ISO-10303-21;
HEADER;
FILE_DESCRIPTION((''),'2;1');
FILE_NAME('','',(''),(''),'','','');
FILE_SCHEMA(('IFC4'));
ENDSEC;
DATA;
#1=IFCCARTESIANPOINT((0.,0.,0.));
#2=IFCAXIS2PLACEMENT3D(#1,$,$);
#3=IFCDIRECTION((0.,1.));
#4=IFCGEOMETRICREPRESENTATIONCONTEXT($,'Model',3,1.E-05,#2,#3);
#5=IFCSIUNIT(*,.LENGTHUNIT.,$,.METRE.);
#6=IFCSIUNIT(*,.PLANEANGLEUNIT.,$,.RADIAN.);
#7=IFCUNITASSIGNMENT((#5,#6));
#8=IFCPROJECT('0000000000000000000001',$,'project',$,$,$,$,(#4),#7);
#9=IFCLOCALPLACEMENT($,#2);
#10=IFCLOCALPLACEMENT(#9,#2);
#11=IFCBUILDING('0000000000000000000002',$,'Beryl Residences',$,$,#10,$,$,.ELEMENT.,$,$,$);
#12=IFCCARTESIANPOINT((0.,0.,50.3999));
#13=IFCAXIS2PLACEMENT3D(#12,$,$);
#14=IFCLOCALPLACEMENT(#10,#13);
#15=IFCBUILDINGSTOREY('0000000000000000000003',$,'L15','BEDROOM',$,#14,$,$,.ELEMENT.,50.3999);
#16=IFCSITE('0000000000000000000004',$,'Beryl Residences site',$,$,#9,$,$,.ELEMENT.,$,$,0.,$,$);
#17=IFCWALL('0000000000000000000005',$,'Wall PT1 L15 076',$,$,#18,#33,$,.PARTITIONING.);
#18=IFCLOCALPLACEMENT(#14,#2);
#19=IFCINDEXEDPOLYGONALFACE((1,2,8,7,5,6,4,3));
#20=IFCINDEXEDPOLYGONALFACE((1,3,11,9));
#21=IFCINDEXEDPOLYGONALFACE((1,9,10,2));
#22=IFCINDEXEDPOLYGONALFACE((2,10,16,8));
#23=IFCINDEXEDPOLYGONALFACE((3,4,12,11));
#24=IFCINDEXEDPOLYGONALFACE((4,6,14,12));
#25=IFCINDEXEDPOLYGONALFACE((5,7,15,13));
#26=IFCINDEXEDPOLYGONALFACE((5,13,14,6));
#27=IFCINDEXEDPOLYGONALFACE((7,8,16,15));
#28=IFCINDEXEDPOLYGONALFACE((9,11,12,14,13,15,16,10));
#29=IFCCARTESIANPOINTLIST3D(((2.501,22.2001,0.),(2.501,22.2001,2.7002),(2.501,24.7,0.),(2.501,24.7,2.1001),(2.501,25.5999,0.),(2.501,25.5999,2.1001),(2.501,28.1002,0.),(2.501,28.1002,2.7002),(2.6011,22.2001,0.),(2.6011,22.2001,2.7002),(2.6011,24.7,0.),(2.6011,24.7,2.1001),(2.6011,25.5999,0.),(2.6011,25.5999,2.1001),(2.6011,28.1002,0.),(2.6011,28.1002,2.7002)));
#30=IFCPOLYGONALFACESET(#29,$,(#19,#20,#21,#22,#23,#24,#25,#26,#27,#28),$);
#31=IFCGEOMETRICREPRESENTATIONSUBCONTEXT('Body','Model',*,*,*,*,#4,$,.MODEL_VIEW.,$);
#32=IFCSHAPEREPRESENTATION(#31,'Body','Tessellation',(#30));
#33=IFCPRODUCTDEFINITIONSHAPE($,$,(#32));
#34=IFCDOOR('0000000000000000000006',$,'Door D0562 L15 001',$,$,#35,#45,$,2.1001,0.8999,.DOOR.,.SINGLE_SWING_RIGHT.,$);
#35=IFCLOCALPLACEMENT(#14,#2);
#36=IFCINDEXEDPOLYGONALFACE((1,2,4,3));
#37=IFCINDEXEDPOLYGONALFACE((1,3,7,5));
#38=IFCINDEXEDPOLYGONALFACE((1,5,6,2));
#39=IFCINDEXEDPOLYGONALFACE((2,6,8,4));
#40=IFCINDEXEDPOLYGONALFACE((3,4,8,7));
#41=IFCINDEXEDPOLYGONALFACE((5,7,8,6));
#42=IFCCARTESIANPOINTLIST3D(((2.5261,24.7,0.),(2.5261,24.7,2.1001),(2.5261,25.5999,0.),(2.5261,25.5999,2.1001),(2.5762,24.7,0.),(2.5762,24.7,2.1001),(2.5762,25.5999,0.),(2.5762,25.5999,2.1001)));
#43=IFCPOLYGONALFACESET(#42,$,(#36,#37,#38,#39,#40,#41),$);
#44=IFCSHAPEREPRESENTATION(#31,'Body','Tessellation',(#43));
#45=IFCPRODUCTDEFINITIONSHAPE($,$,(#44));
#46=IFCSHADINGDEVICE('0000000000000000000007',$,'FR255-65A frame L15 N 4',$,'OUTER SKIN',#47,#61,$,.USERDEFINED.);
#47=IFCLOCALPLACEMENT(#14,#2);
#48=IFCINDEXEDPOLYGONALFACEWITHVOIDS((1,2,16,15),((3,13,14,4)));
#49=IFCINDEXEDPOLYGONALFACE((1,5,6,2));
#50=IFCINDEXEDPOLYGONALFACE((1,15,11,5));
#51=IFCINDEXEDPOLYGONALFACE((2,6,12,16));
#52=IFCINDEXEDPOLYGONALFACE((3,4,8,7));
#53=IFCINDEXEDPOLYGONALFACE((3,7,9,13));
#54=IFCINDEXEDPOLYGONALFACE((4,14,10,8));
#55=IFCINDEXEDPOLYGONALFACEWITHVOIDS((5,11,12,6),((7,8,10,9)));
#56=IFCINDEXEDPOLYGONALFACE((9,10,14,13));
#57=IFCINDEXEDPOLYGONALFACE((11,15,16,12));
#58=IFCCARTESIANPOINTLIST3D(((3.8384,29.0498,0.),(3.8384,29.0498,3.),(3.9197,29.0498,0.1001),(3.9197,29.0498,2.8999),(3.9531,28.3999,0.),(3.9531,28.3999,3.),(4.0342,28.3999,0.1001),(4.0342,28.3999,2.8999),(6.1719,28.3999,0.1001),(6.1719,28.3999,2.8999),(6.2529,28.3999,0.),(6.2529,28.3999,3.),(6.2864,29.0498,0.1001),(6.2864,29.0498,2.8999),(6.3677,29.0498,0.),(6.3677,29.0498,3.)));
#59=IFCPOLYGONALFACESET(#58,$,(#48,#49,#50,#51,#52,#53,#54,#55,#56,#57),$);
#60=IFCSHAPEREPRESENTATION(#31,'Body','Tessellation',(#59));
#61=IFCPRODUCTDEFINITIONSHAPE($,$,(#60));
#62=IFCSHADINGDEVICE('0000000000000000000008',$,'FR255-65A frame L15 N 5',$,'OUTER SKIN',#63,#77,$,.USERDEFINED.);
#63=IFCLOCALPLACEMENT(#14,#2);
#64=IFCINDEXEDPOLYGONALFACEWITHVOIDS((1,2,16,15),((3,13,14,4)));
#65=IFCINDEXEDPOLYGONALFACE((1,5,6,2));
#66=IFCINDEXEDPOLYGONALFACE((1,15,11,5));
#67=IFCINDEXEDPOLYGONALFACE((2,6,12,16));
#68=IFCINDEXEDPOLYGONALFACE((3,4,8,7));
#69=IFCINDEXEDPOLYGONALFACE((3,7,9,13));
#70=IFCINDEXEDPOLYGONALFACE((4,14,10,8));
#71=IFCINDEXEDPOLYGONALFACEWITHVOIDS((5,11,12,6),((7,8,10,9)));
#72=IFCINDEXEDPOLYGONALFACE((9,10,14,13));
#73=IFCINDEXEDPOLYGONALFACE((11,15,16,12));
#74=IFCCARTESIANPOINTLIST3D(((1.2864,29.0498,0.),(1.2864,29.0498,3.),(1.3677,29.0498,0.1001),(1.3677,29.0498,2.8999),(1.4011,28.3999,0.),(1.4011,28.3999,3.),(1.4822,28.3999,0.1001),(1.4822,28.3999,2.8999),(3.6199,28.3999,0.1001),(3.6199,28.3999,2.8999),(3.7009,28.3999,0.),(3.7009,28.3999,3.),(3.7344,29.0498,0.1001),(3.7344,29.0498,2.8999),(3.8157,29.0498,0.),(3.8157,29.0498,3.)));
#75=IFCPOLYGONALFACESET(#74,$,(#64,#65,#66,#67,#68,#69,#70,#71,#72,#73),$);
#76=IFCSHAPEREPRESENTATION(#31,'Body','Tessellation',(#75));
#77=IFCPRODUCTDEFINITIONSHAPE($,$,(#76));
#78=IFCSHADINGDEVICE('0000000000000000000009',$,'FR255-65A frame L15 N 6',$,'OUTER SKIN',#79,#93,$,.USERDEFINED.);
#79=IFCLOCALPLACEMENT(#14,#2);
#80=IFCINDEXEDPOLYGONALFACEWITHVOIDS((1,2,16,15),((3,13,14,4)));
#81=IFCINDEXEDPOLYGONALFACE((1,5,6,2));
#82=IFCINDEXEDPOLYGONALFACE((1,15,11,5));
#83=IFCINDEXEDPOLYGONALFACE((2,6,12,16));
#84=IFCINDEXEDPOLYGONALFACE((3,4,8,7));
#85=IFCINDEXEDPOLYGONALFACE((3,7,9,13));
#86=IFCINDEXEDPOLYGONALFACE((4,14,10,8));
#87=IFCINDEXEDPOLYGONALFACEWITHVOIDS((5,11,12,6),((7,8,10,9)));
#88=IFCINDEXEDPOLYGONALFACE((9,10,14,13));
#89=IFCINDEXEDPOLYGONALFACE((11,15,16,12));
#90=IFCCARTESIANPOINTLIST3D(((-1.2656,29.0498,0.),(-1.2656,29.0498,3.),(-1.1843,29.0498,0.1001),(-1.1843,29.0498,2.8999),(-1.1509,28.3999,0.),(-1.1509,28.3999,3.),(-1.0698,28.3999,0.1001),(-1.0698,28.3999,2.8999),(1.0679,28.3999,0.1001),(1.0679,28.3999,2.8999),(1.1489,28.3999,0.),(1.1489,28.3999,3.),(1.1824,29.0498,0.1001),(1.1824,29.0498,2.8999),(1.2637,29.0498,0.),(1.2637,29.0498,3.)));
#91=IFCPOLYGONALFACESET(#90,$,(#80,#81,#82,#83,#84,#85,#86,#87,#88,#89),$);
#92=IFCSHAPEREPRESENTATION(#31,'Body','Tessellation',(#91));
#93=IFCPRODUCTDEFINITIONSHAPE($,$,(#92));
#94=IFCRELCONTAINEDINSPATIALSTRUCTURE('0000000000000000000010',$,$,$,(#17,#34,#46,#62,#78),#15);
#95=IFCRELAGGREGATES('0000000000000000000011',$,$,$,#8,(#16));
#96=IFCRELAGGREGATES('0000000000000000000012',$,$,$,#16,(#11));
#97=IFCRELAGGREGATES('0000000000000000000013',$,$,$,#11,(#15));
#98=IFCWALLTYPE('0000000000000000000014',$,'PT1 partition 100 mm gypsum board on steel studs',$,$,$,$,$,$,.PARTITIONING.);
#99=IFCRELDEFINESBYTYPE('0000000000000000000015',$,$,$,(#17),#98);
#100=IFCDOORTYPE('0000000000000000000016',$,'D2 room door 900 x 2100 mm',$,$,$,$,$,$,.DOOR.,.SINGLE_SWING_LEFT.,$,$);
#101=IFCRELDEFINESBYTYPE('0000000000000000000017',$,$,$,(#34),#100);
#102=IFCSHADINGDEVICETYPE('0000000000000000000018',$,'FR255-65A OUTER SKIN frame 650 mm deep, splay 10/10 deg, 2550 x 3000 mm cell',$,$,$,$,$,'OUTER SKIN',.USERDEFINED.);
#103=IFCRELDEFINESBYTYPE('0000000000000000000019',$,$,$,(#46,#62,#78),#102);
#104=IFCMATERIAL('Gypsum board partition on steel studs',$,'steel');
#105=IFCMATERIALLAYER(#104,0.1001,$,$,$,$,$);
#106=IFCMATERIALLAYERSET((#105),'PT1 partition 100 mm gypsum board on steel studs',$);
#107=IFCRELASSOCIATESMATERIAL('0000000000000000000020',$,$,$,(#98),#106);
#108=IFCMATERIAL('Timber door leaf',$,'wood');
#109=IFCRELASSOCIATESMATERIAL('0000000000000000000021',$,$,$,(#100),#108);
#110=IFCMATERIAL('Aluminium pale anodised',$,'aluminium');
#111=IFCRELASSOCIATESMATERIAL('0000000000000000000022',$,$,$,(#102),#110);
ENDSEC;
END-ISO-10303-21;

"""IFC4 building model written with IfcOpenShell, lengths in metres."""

from ifc_helpers import new_model, entity, si_unit, direction, frame, frame_2d, origin, place, context, subcontext, project, spatial, rectangle, extrude, source, transform, mapped, material, layer, layer_set, type_object, type_shapes, element, fill, save


model = new_model("IFC4")

# Units and contexts
model_context = context("Model", 3, precision=1e-05, world=origin(), true_north=direction((0.0, 1.0)))
body_context = subcontext(model_context, "Body", "Model", "MODEL_VIEW")
ifc_project = project(units=[si_unit("LENGTHUNIT", "METRE"), si_unit("PLANEANGLEUNIT", "RADIAN")], contexts=[model_context])

# Site, building, storey
site_placement = place(None, origin())
site = spatial("IfcSite", under=ifc_project, at=site_placement, Name="Beryl Residences site", CompositionType="ELEMENT", RefElevation=0.0)
building_placement = place(site_placement, origin())
building = spatial("IfcBuilding", under=site, at=building_placement, Name="Beryl Residences", CompositionType="ELEMENT")
storey_placement = place(building_placement, frame((0.0, 0.0, 50.3999)))
storey = spatial("IfcBuildingStorey", under=building, at=storey_placement, Name="L15", Description="BEDROOM", CompositionType="ELEMENT", Elevation=50.3999)

# Wall, opening, door
ifc_material_1 = material(Name="Gypsum board partition on steel studs", Category="steel")
ifc_layer = layer(ifc_material_1, 0.1001)
ifc_layer_set = layer_set([ifc_layer], Name="PT1 partition 100 mm gypsum board on steel studs")
wall_type = type_object("IfcWallType", Name="PT1 partition 100 mm gypsum board on steel studs", PredefinedType="PARTITIONING", material=ifc_layer_set)
ifc_material_2 = material(Name="Timber door leaf", Category="wood")
door_type_1 = type_object("IfcDoorType", Name="D2 room door 900 x 2100 mm", OperationType="SINGLE_SWING_LEFT", PredefinedType="DOOR", material=ifc_material_2)
wall_1_placement = place(storey_placement, frame((2.551, 22.2, 0.0), z_axis=(0.0, 0.0, 1.0), x_axis=(0.0, 1.0, 0.0)))
wall_1 = element("IfcWall", 1, at=wall_1_placement, inside=storey, type_object=wall_type, Name="Wall PT1 L15 076", PredefinedType="PARTITIONING", context=body_context, shape_type="SweptSolid", body=[
    extrude(rectangle(XDim=5.9001, YDim=0.1001, at=frame_2d((2.9502, 0.0))), origin(), (0.0, 0.0, 1.0), 2.7002),
])
opening_1_placement = place(wall_1_placement, frame((2.5, 0.0, 0.0)))
opening_1 = element("IfcOpeningElement", 2, at=opening_1_placement, cuts=wall_1, PredefinedType="OPENING", context=body_context, shape_type="SweptSolid", body=[
    extrude(rectangle(XDim=0.8999, YDim=2.1001, at=frame_2d((0.45, 1.05))), frame((0.0, 0.0601, 0.0), z_axis=(0.0, -1.0, 0.0), x_axis=(1.0, 0.0, 0.0)), (0.0, 0.0, 1.0), 0.1201),
])
door_1_placement = place(opening_1_placement, origin())
door_1 = element("IfcDoor", 3, at=door_1_placement, inside=storey, type_object=door_type_1, Name="Door D0562 L15 001", OperationType="SINGLE_SWING_RIGHT", OverallHeight=2.1001, OverallWidth=0.8999, PredefinedType="DOOR", context=body_context, shape_type="SweptSolid", body=[
    extrude(rectangle(XDim=0.8999, YDim=2.1001, at=frame_2d((0.45, 1.05))), frame((0.0, 0.0249, 0.0), z_axis=(0.0, -1.0, 0.0), x_axis=(1.0, 0.0, 0.0)), (0.0, 0.0, 1.0), 0.05),
])
fill(opening_1, door_1)

# Shading devices
ifc_material_3 = material(Name="Aluminium pale anodised", Category="aluminium")
shading_device_type = type_object("IfcShadingDeviceType", Name="FR255-65A OUTER SKIN frame 650 mm deep, splay 10/10 deg, 2550 x 3000 mm cell", ElementType="OUTER SKIN", PredefinedType="USERDEFINED", material=ifc_material_3)
cartesian_point_1 = entity("IfcCartesianPoint", [-1.1499, 0.0])
cartesian_point_2 = entity("IfcCartesianPoint", [-1.0688, 0.1001])
cartesian_point_3 = entity("IfcCartesianPoint", [-1.2646, 0.0])
cartesian_point_4 = entity("IfcCartesianPoint", [-1.1833, 0.1001])
shared_shape = source(origin(), body_context, "Body", "SweptSolid", [
    entity("IfcExtrudedAreaSolidTapered", entity("IfcArbitraryProfileDefWithVoids", "AREA", None, entity("IfcPolyline", [cartesian_point_1, entity("IfcCartesianPoint", [1.1499, 0.0]), entity("IfcCartesianPoint", [1.1499, 3.0]), entity("IfcCartesianPoint", [-1.1499, 3.0]), cartesian_point_1]), [entity("IfcPolyline", [cartesian_point_2, entity("IfcCartesianPoint", [1.0688, 0.1001]), entity("IfcCartesianPoint", [1.0688, 2.8999]), entity("IfcCartesianPoint", [-1.0688, 2.8999]), cartesian_point_2])]), entity("IfcAxis2Placement3D", entity("IfcCartesianPoint", [0.0, 0.0, 0.0]), entity("IfcDirection", [0.0, 1.0, 0.0]), entity("IfcDirection", [-1.0, 0.0, 0.0])), entity("IfcDirection", [0.0, 0.0, 1.0]), 0.6499, entity("IfcArbitraryProfileDefWithVoids", "AREA", None, entity("IfcPolyline", [cartesian_point_3, entity("IfcCartesianPoint", [1.2646, 0.0]), entity("IfcCartesianPoint", [1.2646, 3.0]), entity("IfcCartesianPoint", [-1.2646, 3.0]), cartesian_point_3]), [entity("IfcPolyline", [cartesian_point_4, entity("IfcCartesianPoint", [1.1833, 0.1001]), entity("IfcCartesianPoint", [1.1833, 2.8999]), entity("IfcCartesianPoint", [-1.1833, 2.8999]), cartesian_point_4])])),
])
type_shapes(shading_device_type, [shared_shape])
for number, where, z_axis, x_axis, name in (
    (4, (5.103, 28.3999, 0.0), (0.0, 0.0, 1.0), (1.0, 0.0, 0.0), "FR255-65A frame L15 N 4"),
    (5, (2.551, 28.3999, 0.0), (0.0, 0.0, 1.0), (1.0, 0.0, 0.0), "FR255-65A frame L15 N 5"),
    (6, (-0.001, 28.3999, 0.0), (0.0, 0.0, 1.0), (1.0, 0.0, 0.0), "FR255-65A frame L15 N 6"),
):
    element("IfcShadingDevice", number, at=place(storey_placement, frame(where, z_axis=z_axis, x_axis=x_axis)), inside=storey, type_object=shading_device_type, Name=name, ObjectType="OUTER SKIN", PredefinedType="USERDEFINED", context=body_context, shape_type="MappedRepresentation", body=[
        mapped(shared_shape, transform((0.0, 0.0, 0.0))),
    ])

save(model, "model.ifc")
